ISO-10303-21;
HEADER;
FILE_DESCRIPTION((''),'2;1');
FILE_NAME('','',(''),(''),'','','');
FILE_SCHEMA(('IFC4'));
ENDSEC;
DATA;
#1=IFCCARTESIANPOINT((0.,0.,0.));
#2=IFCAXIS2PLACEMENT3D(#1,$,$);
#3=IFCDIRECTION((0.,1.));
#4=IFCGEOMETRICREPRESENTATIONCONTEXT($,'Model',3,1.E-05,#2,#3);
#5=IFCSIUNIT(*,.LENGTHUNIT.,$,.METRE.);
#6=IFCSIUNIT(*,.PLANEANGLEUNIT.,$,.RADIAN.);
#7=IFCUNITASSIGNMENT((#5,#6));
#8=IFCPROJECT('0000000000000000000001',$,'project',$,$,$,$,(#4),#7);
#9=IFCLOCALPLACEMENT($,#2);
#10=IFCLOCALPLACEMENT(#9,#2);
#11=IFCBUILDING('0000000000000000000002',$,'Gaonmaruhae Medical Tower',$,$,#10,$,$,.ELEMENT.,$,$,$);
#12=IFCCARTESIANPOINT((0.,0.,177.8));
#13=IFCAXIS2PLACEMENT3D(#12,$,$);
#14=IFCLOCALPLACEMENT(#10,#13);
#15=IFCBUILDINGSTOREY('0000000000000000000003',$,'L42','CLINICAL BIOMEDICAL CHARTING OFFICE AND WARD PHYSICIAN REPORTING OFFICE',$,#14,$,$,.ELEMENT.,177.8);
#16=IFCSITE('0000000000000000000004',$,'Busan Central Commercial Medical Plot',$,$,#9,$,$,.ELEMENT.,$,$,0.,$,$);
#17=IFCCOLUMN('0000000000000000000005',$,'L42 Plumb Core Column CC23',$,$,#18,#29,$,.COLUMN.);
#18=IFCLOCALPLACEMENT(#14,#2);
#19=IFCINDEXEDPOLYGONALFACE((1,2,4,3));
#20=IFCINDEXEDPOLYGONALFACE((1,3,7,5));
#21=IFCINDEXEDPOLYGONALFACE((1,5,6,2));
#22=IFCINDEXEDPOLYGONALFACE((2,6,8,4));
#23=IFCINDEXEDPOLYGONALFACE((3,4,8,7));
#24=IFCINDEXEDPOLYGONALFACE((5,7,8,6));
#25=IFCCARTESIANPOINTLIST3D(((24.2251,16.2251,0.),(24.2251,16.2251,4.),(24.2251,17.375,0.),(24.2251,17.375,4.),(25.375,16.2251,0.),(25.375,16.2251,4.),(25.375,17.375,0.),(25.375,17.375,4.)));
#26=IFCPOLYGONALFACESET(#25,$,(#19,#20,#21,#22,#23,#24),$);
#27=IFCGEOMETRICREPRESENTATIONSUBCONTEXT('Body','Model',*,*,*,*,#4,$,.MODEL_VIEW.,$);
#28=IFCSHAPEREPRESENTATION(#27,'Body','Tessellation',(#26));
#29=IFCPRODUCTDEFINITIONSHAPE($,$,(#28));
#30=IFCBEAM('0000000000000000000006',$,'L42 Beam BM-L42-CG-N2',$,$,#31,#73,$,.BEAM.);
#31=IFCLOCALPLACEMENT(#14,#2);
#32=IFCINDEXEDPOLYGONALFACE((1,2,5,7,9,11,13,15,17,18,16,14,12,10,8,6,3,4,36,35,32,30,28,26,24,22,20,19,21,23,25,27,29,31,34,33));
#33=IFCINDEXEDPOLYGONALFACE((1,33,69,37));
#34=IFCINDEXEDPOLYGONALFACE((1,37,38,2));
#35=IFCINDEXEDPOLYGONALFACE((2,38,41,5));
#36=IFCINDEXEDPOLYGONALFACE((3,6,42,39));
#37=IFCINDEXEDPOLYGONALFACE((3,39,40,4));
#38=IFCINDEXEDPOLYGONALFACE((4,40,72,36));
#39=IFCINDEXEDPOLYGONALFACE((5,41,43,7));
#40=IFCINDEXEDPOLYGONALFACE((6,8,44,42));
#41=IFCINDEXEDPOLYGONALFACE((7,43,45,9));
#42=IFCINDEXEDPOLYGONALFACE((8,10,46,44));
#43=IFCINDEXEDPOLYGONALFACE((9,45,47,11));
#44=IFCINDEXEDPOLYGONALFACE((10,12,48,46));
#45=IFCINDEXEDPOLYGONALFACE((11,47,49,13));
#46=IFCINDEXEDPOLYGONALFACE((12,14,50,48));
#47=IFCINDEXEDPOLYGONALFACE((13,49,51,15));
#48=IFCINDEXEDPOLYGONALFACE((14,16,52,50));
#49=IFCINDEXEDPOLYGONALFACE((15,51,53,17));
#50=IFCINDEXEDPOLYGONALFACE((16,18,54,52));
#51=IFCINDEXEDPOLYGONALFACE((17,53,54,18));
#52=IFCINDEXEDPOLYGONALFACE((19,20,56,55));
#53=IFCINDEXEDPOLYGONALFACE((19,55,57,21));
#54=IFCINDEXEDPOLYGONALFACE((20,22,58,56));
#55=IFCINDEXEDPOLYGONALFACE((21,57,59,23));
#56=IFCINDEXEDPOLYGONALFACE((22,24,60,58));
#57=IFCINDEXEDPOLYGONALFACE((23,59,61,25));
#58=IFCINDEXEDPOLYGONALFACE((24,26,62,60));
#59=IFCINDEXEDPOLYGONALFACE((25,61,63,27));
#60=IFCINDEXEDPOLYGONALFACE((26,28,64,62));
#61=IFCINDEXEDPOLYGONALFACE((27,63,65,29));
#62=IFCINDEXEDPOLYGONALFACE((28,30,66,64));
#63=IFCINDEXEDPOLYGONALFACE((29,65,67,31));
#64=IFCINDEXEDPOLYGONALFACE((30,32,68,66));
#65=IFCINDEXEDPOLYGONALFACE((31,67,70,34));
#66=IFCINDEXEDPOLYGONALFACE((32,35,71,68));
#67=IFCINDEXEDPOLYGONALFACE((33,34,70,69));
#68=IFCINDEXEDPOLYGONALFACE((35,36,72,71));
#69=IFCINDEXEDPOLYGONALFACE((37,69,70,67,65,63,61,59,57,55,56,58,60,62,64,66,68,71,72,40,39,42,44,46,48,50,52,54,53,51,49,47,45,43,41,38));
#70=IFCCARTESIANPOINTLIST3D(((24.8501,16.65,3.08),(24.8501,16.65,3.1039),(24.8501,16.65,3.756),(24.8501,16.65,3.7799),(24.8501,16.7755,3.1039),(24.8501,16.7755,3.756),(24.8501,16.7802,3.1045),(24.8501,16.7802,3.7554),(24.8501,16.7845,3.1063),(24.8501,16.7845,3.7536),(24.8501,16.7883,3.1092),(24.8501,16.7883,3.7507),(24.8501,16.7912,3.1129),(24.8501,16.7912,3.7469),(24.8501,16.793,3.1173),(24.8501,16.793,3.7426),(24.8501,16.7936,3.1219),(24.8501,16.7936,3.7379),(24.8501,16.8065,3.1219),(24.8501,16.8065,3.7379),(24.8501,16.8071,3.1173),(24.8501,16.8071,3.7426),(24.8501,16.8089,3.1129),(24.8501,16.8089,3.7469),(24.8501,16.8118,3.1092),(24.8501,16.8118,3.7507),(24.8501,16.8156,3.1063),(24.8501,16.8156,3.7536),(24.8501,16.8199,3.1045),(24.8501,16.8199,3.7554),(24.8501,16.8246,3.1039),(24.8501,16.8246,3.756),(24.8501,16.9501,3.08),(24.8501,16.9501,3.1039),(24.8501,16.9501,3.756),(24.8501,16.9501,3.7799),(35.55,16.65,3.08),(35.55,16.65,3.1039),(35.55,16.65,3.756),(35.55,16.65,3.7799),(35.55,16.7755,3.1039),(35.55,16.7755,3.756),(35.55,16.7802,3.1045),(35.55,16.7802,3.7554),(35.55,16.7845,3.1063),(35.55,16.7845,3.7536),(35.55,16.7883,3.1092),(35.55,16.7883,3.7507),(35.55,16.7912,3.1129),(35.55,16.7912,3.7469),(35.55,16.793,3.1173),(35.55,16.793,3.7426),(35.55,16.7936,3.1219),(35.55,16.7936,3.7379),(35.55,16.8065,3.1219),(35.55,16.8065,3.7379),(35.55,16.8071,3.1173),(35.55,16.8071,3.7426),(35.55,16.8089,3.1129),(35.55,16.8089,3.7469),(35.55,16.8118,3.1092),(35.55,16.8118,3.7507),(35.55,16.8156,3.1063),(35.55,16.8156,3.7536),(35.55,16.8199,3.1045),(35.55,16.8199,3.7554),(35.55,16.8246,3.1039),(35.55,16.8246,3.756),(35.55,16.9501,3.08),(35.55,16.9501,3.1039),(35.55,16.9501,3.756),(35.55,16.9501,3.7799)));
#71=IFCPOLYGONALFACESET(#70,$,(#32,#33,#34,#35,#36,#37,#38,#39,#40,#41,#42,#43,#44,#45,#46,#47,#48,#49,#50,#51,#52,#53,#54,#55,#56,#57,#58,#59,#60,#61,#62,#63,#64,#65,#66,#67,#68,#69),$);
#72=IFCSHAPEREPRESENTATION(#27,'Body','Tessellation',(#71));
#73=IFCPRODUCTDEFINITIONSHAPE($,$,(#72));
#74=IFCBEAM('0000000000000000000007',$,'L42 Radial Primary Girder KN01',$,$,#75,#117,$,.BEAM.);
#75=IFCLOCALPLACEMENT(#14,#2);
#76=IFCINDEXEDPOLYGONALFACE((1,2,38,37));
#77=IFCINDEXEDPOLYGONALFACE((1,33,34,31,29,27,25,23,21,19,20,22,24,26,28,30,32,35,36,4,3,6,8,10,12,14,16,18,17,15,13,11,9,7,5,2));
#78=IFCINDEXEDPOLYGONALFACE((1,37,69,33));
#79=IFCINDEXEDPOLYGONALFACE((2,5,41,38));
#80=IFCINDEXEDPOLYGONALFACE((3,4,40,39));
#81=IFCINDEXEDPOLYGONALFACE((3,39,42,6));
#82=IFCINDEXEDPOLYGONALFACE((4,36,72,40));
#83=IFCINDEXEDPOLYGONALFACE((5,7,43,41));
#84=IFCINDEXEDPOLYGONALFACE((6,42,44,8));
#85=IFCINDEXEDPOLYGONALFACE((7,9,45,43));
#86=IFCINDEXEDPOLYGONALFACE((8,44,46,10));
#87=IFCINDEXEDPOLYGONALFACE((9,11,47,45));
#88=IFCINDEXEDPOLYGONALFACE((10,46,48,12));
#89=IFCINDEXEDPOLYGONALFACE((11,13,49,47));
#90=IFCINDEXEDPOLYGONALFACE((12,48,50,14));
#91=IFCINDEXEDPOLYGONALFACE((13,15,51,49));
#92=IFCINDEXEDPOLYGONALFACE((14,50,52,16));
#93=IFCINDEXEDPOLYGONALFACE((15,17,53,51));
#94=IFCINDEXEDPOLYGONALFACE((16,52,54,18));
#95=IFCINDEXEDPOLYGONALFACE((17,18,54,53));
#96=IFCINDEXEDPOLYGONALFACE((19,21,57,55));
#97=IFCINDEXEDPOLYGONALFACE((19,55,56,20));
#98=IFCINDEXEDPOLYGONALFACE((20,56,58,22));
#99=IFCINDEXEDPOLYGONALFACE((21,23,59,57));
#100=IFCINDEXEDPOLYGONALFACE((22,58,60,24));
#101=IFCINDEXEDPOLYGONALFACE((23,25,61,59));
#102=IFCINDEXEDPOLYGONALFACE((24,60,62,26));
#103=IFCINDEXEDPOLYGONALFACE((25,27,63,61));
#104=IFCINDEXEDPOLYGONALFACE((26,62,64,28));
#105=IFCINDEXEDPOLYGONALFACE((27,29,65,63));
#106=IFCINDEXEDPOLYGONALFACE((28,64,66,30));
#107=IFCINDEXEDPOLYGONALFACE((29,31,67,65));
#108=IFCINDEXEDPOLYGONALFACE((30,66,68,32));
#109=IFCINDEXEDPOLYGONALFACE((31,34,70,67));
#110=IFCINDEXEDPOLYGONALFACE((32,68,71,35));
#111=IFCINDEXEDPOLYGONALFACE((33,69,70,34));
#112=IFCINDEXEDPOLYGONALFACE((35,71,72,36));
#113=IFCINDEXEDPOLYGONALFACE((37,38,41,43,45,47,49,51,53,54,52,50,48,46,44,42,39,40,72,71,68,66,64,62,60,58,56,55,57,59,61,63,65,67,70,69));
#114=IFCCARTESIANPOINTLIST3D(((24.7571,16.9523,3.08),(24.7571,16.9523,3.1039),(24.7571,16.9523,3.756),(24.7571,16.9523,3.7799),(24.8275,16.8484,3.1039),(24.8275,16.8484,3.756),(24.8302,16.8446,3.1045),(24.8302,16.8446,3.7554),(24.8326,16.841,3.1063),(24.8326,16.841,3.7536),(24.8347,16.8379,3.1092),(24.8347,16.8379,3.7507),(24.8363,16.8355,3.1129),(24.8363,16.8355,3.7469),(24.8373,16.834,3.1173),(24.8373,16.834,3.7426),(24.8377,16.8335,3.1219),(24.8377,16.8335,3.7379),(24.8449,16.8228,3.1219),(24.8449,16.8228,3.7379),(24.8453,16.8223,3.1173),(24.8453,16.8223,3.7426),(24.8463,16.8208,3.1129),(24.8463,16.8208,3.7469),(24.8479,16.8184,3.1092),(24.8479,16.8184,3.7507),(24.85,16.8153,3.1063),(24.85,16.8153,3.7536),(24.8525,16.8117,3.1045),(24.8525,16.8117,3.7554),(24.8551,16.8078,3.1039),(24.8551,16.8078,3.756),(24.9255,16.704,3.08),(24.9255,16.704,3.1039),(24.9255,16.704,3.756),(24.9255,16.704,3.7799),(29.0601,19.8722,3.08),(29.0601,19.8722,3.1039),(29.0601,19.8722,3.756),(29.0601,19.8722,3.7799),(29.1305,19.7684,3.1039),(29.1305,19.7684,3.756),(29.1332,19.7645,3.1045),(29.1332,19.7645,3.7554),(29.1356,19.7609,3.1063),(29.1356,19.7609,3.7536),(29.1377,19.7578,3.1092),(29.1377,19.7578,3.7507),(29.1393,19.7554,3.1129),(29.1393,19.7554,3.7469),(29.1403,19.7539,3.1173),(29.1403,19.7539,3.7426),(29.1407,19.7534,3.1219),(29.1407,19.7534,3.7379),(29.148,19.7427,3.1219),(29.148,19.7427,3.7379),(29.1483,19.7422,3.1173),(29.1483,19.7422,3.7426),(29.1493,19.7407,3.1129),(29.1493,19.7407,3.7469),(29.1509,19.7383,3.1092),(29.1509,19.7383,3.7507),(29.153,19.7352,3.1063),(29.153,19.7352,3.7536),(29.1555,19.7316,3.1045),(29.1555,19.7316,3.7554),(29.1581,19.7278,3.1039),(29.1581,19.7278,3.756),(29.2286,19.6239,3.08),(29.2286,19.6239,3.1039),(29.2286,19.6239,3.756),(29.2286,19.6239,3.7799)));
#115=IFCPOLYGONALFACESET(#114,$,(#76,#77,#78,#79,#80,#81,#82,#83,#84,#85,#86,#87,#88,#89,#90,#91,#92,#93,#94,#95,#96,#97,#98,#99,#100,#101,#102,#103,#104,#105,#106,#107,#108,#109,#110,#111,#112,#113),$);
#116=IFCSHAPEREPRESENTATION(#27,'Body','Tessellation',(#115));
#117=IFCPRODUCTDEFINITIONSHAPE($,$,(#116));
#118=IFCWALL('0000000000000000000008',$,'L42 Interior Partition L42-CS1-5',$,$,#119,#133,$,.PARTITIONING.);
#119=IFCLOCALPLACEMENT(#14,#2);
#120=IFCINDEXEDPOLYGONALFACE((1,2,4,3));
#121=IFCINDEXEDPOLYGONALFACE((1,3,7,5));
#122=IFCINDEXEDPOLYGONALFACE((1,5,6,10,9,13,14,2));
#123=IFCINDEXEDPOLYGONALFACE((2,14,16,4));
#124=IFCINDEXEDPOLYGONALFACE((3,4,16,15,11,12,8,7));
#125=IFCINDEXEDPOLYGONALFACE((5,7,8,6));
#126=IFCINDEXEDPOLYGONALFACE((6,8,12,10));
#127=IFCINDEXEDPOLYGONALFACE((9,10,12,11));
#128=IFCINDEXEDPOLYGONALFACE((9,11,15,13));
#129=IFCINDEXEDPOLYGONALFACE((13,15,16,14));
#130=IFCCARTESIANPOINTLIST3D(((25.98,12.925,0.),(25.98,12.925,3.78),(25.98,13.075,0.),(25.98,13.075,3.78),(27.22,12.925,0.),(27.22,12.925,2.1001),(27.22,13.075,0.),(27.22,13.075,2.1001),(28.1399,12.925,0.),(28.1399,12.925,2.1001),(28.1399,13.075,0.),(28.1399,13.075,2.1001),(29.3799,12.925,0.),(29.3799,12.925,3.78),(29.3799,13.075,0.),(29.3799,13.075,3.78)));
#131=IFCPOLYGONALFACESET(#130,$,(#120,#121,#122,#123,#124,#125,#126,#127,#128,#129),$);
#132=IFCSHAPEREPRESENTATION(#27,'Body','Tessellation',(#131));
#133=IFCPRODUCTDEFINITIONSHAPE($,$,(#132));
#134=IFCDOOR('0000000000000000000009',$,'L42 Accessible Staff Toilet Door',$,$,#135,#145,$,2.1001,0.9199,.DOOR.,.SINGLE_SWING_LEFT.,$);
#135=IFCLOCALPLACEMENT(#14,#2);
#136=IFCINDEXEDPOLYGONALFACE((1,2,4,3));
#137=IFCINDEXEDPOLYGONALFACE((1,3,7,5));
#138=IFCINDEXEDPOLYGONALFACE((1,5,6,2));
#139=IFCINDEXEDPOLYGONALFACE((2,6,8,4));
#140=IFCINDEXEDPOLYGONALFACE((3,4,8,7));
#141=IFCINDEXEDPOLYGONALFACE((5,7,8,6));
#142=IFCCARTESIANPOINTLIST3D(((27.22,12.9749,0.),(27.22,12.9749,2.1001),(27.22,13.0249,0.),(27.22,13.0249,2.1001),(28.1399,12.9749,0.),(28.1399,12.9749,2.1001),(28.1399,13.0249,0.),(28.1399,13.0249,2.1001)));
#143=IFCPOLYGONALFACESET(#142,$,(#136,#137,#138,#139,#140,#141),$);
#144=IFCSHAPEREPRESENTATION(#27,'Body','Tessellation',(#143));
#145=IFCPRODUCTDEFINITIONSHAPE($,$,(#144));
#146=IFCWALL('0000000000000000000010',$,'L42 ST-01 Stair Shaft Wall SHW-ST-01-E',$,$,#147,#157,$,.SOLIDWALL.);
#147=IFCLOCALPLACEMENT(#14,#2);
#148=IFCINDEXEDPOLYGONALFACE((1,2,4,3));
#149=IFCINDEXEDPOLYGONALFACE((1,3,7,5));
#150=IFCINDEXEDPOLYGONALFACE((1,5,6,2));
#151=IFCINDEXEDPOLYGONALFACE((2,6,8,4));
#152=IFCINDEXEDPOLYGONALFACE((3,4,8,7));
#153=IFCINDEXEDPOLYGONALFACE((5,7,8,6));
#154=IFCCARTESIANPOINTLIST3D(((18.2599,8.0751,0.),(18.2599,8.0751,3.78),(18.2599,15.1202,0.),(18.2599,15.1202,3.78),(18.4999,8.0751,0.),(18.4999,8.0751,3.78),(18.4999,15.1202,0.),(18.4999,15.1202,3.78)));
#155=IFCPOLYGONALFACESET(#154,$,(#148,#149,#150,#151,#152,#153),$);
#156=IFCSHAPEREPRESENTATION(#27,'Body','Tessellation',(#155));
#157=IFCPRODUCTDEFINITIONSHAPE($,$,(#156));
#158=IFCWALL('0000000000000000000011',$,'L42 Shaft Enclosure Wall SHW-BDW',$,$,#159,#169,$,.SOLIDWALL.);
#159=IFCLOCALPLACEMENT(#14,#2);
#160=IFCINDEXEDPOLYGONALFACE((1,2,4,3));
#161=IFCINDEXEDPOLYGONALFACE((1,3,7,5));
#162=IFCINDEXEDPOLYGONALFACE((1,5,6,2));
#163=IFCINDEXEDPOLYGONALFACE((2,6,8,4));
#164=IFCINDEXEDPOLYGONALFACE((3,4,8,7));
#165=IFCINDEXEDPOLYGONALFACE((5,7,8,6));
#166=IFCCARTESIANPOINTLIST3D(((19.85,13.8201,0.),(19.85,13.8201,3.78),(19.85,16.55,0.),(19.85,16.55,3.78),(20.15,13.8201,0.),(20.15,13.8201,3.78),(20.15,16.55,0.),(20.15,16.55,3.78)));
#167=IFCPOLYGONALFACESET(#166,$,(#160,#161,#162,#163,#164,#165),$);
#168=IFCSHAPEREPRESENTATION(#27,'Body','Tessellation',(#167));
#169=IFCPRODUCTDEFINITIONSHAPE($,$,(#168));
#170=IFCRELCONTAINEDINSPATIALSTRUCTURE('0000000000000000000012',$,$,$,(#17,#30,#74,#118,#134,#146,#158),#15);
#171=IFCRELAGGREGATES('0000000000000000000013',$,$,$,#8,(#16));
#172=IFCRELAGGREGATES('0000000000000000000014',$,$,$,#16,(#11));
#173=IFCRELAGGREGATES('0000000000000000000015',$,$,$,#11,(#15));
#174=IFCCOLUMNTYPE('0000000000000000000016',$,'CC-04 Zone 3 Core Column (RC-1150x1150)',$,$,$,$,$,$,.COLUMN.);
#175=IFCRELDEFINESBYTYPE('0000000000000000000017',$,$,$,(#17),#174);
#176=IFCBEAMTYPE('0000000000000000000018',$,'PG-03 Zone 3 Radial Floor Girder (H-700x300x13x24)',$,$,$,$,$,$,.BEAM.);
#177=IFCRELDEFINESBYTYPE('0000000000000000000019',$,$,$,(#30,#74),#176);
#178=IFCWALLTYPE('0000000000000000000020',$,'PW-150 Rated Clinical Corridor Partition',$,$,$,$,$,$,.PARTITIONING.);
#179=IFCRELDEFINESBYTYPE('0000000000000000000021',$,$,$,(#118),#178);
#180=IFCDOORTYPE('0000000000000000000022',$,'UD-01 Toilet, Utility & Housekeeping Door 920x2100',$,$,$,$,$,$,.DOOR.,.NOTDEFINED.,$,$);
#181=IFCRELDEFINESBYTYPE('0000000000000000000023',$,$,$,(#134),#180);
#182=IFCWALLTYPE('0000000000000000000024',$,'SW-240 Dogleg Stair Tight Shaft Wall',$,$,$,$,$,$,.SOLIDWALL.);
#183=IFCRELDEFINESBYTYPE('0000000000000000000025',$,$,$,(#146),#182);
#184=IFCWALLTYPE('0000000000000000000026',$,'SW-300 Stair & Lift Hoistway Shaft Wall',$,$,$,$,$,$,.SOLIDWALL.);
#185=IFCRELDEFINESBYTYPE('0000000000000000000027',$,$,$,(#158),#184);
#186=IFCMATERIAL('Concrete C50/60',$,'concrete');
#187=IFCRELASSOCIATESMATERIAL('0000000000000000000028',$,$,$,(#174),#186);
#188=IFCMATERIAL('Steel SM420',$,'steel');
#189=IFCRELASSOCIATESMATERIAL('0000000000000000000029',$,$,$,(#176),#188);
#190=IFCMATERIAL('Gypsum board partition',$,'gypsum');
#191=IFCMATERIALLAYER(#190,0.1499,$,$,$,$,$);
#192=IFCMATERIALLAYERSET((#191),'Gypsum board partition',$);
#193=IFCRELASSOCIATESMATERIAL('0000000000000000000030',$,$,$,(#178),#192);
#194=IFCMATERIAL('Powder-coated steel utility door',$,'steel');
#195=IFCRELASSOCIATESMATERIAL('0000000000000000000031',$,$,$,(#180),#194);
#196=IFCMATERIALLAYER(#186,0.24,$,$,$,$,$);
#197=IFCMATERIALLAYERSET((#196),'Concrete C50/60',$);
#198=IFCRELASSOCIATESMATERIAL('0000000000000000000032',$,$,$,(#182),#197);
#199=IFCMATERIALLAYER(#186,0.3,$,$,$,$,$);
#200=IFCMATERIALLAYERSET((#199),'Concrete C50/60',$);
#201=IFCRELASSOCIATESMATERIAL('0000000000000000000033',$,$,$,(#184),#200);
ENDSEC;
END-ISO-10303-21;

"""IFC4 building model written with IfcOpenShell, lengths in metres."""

from ifc_helpers import new_model, si_unit, direction, frame, frame_2d, origin, origin_2d, place, context, subcontext, project, spatial, rectangle, i_section, extrude, material, layer, layer_set, material_profile, profile_set, type_object, element, fill, save


model = new_model("IFC4")

# Units and contexts
model_context = context("Model", 3, precision=1e-05, world=origin(), true_north=direction((0.0, 1.0)))
body_context = subcontext(model_context, "Body", "Model", "MODEL_VIEW")
ifc_project = project(units=[si_unit("LENGTHUNIT", "METRE"), si_unit("PLANEANGLEUNIT", "RADIAN")], contexts=[model_context])

# Site, building, storey
site_placement = place(None, origin())
site = spatial("IfcSite", under=ifc_project, at=site_placement, Name="Busan Central Commercial Medical Plot", CompositionType="ELEMENT", RefElevation=0.0)
building_placement = place(site_placement, origin())
building = spatial("IfcBuilding", under=site, at=building_placement, Name="Gaonmaruhae Medical Tower", CompositionType="ELEMENT")
storey_placement = place(building_placement, frame((0.0, 0.0, 177.8)))
storey = spatial("IfcBuildingStorey", under=building, at=storey_placement, Name="L42", Description="CLINICAL BIOMEDICAL CHARTING OFFICE AND WARD PHYSICIAN REPORTING OFFICE", CompositionType="ELEMENT", Elevation=177.8)

# Column
ifc_material_1 = material(Name="Concrete C50/60", Category="concrete")
ifc_material_profile_1 = material_profile(ifc_material_1, rectangle(XDim=1.1499, YDim=1.1499, at=origin_2d()), Name="RC-1150x1150")
ifc_profile_set_1 = profile_set([ifc_material_profile_1], Name="Concrete C50/60")
column_type = type_object("IfcColumnType", Name="CC-04 Zone 3 Core Column (RC-1150x1150)", PredefinedType="COLUMN", material=ifc_profile_set_1)
column_placement = place(storey_placement, frame((24.8, 16.8, 0.0), z_axis=(0.0, 0.0, 1.0), x_axis=(1.0, 0.0, 0.0)))
element("IfcColumn", 1, at=column_placement, inside=storey, type_object=column_type, Name="L42 Plumb Core Column CC23", PredefinedType="COLUMN", context=body_context, shape_type="SweptSolid", body=[
    extrude(rectangle(XDim=1.1499, YDim=1.1499, at=origin_2d()), origin(), (0.0, 0.0, 1.0), 4.0),
])

# Beams
ifc_material_2 = material(Name="Steel SM420", Category="steel")
ifc_material_profile_2 = material_profile(ifc_material_2, i_section(OverallWidth=0.3, OverallDepth=0.7, WebThickness=0.0129, FlangeThickness=0.0239, FilletRadius=0.0181, at=origin_2d()), Name="H-700x300x13x24")
ifc_profile_set_2 = profile_set([ifc_material_profile_2], Name="Steel SM420")
beam_type = type_object("IfcBeamType", Name="PG-03 Zone 3 Radial Floor Girder (H-700x300x13x24)", PredefinedType="BEAM", material=ifc_profile_set_2)
beam_1_placement = place(storey_placement, frame((24.8501, 16.8, 3.4299), z_axis=(1.0, 0.0, 0.0), x_axis=(0.0, 1.0, 0.0)))
element("IfcBeam", 2, at=beam_1_placement, inside=storey, type_object=beam_type, Name="L42 Beam BM-L42-CG-N2", PredefinedType="BEAM", context=body_context, shape_type="SweptSolid", body=[
    extrude(i_section(OverallWidth=0.3, OverallDepth=0.7, WebThickness=0.0129, FlangeThickness=0.0239, FilletRadius=0.0181, at=origin_2d()), origin(), (0.0, 0.0, 1.0), 10.7),
])
beam_2_placement = place(storey_placement, frame((24.8413, 16.8281, 3.4299), z_axis=(0.827472, 0.561507, 0.0), x_axis=(-0.561507, 0.827472, 0.0)))
element("IfcBeam", 3, at=beam_2_placement, inside=storey, type_object=beam_type, Name="L42 Radial Primary Girder KN01", PredefinedType="BEAM", context=body_context, shape_type="SweptSolid", body=[
    extrude(i_section(OverallWidth=0.3, OverallDepth=0.7, WebThickness=0.0129, FlangeThickness=0.0239, FilletRadius=0.0181, at=origin_2d()), origin(), (0.0, 0.0, 1.0), 5.2002),
])

# Wall, opening, door
ifc_material_3 = material(Name="Gypsum board partition", Category="gypsum")
ifc_layer_1 = layer(ifc_material_3, 0.1499)
ifc_layer_set_1 = layer_set([ifc_layer_1], Name="Gypsum board partition")
wall_type_1 = type_object("IfcWallType", Name="PW-150 Rated Clinical Corridor Partition", PredefinedType="PARTITIONING", material=ifc_layer_set_1)
wall_1_placement = place(storey_placement, frame((25.98, 13.0, 0.0), z_axis=(0.0, 0.0, 1.0), x_axis=(1.0, 0.0, 0.0)))
wall_1 = element("IfcWall", 4, at=wall_1_placement, inside=storey, type_object=wall_type_1, Name="L42 Interior Partition L42-CS1-5", PredefinedType="PARTITIONING", context=body_context, shape_type="SweptSolid", body=[
    extrude(rectangle(XDim=3.3999, YDim=0.1499, at=frame_2d((1.7, 0.0))), origin(), (0.0, 0.0, 1.0), 3.78),
])
opening_1_placement = place(wall_1_placement, frame((1.24, 0.0, 0.0)))
opening_1 = element("IfcOpeningElement", 5, at=opening_1_placement, cuts=wall_1, PredefinedType="OPENING", context=body_context, shape_type="SweptSolid", body=[
    extrude(rectangle(XDim=0.9199, YDim=2.1001, at=frame_2d((0.46, 1.05))), frame((0.0, 0.085, 0.0), z_axis=(0.0, -1.0, 0.0), x_axis=(1.0, 0.0, 0.0)), (0.0, 0.0, 1.0), 0.1699),
])
ifc_material_4 = material(Name="Powder-coated steel utility door", Category="steel")
door_type_1 = type_object("IfcDoorType", Name="UD-01 Toilet, Utility & Housekeeping Door 920x2100", OperationType="NOTDEFINED", PredefinedType="DOOR", material=ifc_material_4)
door_1_placement = place(opening_1_placement, origin())
door_1 = element("IfcDoor", 6, at=door_1_placement, inside=storey, type_object=door_type_1, Name="L42 Accessible Staff Toilet Door", OperationType="SINGLE_SWING_LEFT", OverallHeight=2.1001, OverallWidth=0.9199, PredefinedType="DOOR", context=body_context, shape_type="SweptSolid", body=[
    extrude(rectangle(XDim=0.9199, YDim=2.1001, at=frame_2d((0.46, 1.05))), frame((0.0, 0.0249, 0.0), z_axis=(0.0, -1.0, 0.0), x_axis=(1.0, 0.0, 0.0)), (0.0, 0.0, 1.0), 0.05),
])
fill(opening_1, door_1)

# Wall
ifc_layer_2 = layer(ifc_material_1, 0.24)
ifc_layer_set_2 = layer_set([ifc_layer_2], Name="Concrete C50/60")
wall_type_2 = type_object("IfcWallType", Name="SW-240 Dogleg Stair Tight Shaft Wall", PredefinedType="SOLIDWALL", material=ifc_layer_set_2)
wall_2_placement = place(storey_placement, frame((18.3799, 15.1201, 0.0), z_axis=(0.0, 0.0, 1.0), x_axis=(0.0, -1.0, 0.0)))
element("IfcWall", 7, at=wall_2_placement, inside=storey, type_object=wall_type_2, Name="L42 ST-01 Stair Shaft Wall SHW-ST-01-E", PredefinedType="SOLIDWALL", context=body_context, shape_type="SweptSolid", body=[
    extrude(rectangle(XDim=7.0452, YDim=0.24, at=frame_2d((3.5225, 0.0))), origin(), (0.0, 0.0, 1.0), 3.78),
])

# Shared definitions
ifc_layer_3 = layer(ifc_material_1, 0.3)
ifc_layer_set_3 = layer_set([ifc_layer_3], Name="Concrete C50/60")
wall_type_3 = type_object("IfcWallType", Name="SW-300 Stair & Lift Hoistway Shaft Wall", PredefinedType="SOLIDWALL", material=ifc_layer_set_3)

# Wall
wall_3_placement = place(storey_placement, frame((20.0, 13.8201, 0.0), z_axis=(0.0, 0.0, 1.0), x_axis=(0.0, 1.0, 0.0)))
element("IfcWall", 8, at=wall_3_placement, inside=storey, type_object=wall_type_3, Name="L42 Shaft Enclosure Wall SHW-BDW", PredefinedType="SOLIDWALL", context=body_context, shape_type="SweptSolid", body=[
    extrude(rectangle(XDim=2.73, YDim=0.3, at=frame_2d((1.365, 0.0))), origin(), (0.0, 0.0, 1.0), 3.78),
])

save(model, "model.ifc")
